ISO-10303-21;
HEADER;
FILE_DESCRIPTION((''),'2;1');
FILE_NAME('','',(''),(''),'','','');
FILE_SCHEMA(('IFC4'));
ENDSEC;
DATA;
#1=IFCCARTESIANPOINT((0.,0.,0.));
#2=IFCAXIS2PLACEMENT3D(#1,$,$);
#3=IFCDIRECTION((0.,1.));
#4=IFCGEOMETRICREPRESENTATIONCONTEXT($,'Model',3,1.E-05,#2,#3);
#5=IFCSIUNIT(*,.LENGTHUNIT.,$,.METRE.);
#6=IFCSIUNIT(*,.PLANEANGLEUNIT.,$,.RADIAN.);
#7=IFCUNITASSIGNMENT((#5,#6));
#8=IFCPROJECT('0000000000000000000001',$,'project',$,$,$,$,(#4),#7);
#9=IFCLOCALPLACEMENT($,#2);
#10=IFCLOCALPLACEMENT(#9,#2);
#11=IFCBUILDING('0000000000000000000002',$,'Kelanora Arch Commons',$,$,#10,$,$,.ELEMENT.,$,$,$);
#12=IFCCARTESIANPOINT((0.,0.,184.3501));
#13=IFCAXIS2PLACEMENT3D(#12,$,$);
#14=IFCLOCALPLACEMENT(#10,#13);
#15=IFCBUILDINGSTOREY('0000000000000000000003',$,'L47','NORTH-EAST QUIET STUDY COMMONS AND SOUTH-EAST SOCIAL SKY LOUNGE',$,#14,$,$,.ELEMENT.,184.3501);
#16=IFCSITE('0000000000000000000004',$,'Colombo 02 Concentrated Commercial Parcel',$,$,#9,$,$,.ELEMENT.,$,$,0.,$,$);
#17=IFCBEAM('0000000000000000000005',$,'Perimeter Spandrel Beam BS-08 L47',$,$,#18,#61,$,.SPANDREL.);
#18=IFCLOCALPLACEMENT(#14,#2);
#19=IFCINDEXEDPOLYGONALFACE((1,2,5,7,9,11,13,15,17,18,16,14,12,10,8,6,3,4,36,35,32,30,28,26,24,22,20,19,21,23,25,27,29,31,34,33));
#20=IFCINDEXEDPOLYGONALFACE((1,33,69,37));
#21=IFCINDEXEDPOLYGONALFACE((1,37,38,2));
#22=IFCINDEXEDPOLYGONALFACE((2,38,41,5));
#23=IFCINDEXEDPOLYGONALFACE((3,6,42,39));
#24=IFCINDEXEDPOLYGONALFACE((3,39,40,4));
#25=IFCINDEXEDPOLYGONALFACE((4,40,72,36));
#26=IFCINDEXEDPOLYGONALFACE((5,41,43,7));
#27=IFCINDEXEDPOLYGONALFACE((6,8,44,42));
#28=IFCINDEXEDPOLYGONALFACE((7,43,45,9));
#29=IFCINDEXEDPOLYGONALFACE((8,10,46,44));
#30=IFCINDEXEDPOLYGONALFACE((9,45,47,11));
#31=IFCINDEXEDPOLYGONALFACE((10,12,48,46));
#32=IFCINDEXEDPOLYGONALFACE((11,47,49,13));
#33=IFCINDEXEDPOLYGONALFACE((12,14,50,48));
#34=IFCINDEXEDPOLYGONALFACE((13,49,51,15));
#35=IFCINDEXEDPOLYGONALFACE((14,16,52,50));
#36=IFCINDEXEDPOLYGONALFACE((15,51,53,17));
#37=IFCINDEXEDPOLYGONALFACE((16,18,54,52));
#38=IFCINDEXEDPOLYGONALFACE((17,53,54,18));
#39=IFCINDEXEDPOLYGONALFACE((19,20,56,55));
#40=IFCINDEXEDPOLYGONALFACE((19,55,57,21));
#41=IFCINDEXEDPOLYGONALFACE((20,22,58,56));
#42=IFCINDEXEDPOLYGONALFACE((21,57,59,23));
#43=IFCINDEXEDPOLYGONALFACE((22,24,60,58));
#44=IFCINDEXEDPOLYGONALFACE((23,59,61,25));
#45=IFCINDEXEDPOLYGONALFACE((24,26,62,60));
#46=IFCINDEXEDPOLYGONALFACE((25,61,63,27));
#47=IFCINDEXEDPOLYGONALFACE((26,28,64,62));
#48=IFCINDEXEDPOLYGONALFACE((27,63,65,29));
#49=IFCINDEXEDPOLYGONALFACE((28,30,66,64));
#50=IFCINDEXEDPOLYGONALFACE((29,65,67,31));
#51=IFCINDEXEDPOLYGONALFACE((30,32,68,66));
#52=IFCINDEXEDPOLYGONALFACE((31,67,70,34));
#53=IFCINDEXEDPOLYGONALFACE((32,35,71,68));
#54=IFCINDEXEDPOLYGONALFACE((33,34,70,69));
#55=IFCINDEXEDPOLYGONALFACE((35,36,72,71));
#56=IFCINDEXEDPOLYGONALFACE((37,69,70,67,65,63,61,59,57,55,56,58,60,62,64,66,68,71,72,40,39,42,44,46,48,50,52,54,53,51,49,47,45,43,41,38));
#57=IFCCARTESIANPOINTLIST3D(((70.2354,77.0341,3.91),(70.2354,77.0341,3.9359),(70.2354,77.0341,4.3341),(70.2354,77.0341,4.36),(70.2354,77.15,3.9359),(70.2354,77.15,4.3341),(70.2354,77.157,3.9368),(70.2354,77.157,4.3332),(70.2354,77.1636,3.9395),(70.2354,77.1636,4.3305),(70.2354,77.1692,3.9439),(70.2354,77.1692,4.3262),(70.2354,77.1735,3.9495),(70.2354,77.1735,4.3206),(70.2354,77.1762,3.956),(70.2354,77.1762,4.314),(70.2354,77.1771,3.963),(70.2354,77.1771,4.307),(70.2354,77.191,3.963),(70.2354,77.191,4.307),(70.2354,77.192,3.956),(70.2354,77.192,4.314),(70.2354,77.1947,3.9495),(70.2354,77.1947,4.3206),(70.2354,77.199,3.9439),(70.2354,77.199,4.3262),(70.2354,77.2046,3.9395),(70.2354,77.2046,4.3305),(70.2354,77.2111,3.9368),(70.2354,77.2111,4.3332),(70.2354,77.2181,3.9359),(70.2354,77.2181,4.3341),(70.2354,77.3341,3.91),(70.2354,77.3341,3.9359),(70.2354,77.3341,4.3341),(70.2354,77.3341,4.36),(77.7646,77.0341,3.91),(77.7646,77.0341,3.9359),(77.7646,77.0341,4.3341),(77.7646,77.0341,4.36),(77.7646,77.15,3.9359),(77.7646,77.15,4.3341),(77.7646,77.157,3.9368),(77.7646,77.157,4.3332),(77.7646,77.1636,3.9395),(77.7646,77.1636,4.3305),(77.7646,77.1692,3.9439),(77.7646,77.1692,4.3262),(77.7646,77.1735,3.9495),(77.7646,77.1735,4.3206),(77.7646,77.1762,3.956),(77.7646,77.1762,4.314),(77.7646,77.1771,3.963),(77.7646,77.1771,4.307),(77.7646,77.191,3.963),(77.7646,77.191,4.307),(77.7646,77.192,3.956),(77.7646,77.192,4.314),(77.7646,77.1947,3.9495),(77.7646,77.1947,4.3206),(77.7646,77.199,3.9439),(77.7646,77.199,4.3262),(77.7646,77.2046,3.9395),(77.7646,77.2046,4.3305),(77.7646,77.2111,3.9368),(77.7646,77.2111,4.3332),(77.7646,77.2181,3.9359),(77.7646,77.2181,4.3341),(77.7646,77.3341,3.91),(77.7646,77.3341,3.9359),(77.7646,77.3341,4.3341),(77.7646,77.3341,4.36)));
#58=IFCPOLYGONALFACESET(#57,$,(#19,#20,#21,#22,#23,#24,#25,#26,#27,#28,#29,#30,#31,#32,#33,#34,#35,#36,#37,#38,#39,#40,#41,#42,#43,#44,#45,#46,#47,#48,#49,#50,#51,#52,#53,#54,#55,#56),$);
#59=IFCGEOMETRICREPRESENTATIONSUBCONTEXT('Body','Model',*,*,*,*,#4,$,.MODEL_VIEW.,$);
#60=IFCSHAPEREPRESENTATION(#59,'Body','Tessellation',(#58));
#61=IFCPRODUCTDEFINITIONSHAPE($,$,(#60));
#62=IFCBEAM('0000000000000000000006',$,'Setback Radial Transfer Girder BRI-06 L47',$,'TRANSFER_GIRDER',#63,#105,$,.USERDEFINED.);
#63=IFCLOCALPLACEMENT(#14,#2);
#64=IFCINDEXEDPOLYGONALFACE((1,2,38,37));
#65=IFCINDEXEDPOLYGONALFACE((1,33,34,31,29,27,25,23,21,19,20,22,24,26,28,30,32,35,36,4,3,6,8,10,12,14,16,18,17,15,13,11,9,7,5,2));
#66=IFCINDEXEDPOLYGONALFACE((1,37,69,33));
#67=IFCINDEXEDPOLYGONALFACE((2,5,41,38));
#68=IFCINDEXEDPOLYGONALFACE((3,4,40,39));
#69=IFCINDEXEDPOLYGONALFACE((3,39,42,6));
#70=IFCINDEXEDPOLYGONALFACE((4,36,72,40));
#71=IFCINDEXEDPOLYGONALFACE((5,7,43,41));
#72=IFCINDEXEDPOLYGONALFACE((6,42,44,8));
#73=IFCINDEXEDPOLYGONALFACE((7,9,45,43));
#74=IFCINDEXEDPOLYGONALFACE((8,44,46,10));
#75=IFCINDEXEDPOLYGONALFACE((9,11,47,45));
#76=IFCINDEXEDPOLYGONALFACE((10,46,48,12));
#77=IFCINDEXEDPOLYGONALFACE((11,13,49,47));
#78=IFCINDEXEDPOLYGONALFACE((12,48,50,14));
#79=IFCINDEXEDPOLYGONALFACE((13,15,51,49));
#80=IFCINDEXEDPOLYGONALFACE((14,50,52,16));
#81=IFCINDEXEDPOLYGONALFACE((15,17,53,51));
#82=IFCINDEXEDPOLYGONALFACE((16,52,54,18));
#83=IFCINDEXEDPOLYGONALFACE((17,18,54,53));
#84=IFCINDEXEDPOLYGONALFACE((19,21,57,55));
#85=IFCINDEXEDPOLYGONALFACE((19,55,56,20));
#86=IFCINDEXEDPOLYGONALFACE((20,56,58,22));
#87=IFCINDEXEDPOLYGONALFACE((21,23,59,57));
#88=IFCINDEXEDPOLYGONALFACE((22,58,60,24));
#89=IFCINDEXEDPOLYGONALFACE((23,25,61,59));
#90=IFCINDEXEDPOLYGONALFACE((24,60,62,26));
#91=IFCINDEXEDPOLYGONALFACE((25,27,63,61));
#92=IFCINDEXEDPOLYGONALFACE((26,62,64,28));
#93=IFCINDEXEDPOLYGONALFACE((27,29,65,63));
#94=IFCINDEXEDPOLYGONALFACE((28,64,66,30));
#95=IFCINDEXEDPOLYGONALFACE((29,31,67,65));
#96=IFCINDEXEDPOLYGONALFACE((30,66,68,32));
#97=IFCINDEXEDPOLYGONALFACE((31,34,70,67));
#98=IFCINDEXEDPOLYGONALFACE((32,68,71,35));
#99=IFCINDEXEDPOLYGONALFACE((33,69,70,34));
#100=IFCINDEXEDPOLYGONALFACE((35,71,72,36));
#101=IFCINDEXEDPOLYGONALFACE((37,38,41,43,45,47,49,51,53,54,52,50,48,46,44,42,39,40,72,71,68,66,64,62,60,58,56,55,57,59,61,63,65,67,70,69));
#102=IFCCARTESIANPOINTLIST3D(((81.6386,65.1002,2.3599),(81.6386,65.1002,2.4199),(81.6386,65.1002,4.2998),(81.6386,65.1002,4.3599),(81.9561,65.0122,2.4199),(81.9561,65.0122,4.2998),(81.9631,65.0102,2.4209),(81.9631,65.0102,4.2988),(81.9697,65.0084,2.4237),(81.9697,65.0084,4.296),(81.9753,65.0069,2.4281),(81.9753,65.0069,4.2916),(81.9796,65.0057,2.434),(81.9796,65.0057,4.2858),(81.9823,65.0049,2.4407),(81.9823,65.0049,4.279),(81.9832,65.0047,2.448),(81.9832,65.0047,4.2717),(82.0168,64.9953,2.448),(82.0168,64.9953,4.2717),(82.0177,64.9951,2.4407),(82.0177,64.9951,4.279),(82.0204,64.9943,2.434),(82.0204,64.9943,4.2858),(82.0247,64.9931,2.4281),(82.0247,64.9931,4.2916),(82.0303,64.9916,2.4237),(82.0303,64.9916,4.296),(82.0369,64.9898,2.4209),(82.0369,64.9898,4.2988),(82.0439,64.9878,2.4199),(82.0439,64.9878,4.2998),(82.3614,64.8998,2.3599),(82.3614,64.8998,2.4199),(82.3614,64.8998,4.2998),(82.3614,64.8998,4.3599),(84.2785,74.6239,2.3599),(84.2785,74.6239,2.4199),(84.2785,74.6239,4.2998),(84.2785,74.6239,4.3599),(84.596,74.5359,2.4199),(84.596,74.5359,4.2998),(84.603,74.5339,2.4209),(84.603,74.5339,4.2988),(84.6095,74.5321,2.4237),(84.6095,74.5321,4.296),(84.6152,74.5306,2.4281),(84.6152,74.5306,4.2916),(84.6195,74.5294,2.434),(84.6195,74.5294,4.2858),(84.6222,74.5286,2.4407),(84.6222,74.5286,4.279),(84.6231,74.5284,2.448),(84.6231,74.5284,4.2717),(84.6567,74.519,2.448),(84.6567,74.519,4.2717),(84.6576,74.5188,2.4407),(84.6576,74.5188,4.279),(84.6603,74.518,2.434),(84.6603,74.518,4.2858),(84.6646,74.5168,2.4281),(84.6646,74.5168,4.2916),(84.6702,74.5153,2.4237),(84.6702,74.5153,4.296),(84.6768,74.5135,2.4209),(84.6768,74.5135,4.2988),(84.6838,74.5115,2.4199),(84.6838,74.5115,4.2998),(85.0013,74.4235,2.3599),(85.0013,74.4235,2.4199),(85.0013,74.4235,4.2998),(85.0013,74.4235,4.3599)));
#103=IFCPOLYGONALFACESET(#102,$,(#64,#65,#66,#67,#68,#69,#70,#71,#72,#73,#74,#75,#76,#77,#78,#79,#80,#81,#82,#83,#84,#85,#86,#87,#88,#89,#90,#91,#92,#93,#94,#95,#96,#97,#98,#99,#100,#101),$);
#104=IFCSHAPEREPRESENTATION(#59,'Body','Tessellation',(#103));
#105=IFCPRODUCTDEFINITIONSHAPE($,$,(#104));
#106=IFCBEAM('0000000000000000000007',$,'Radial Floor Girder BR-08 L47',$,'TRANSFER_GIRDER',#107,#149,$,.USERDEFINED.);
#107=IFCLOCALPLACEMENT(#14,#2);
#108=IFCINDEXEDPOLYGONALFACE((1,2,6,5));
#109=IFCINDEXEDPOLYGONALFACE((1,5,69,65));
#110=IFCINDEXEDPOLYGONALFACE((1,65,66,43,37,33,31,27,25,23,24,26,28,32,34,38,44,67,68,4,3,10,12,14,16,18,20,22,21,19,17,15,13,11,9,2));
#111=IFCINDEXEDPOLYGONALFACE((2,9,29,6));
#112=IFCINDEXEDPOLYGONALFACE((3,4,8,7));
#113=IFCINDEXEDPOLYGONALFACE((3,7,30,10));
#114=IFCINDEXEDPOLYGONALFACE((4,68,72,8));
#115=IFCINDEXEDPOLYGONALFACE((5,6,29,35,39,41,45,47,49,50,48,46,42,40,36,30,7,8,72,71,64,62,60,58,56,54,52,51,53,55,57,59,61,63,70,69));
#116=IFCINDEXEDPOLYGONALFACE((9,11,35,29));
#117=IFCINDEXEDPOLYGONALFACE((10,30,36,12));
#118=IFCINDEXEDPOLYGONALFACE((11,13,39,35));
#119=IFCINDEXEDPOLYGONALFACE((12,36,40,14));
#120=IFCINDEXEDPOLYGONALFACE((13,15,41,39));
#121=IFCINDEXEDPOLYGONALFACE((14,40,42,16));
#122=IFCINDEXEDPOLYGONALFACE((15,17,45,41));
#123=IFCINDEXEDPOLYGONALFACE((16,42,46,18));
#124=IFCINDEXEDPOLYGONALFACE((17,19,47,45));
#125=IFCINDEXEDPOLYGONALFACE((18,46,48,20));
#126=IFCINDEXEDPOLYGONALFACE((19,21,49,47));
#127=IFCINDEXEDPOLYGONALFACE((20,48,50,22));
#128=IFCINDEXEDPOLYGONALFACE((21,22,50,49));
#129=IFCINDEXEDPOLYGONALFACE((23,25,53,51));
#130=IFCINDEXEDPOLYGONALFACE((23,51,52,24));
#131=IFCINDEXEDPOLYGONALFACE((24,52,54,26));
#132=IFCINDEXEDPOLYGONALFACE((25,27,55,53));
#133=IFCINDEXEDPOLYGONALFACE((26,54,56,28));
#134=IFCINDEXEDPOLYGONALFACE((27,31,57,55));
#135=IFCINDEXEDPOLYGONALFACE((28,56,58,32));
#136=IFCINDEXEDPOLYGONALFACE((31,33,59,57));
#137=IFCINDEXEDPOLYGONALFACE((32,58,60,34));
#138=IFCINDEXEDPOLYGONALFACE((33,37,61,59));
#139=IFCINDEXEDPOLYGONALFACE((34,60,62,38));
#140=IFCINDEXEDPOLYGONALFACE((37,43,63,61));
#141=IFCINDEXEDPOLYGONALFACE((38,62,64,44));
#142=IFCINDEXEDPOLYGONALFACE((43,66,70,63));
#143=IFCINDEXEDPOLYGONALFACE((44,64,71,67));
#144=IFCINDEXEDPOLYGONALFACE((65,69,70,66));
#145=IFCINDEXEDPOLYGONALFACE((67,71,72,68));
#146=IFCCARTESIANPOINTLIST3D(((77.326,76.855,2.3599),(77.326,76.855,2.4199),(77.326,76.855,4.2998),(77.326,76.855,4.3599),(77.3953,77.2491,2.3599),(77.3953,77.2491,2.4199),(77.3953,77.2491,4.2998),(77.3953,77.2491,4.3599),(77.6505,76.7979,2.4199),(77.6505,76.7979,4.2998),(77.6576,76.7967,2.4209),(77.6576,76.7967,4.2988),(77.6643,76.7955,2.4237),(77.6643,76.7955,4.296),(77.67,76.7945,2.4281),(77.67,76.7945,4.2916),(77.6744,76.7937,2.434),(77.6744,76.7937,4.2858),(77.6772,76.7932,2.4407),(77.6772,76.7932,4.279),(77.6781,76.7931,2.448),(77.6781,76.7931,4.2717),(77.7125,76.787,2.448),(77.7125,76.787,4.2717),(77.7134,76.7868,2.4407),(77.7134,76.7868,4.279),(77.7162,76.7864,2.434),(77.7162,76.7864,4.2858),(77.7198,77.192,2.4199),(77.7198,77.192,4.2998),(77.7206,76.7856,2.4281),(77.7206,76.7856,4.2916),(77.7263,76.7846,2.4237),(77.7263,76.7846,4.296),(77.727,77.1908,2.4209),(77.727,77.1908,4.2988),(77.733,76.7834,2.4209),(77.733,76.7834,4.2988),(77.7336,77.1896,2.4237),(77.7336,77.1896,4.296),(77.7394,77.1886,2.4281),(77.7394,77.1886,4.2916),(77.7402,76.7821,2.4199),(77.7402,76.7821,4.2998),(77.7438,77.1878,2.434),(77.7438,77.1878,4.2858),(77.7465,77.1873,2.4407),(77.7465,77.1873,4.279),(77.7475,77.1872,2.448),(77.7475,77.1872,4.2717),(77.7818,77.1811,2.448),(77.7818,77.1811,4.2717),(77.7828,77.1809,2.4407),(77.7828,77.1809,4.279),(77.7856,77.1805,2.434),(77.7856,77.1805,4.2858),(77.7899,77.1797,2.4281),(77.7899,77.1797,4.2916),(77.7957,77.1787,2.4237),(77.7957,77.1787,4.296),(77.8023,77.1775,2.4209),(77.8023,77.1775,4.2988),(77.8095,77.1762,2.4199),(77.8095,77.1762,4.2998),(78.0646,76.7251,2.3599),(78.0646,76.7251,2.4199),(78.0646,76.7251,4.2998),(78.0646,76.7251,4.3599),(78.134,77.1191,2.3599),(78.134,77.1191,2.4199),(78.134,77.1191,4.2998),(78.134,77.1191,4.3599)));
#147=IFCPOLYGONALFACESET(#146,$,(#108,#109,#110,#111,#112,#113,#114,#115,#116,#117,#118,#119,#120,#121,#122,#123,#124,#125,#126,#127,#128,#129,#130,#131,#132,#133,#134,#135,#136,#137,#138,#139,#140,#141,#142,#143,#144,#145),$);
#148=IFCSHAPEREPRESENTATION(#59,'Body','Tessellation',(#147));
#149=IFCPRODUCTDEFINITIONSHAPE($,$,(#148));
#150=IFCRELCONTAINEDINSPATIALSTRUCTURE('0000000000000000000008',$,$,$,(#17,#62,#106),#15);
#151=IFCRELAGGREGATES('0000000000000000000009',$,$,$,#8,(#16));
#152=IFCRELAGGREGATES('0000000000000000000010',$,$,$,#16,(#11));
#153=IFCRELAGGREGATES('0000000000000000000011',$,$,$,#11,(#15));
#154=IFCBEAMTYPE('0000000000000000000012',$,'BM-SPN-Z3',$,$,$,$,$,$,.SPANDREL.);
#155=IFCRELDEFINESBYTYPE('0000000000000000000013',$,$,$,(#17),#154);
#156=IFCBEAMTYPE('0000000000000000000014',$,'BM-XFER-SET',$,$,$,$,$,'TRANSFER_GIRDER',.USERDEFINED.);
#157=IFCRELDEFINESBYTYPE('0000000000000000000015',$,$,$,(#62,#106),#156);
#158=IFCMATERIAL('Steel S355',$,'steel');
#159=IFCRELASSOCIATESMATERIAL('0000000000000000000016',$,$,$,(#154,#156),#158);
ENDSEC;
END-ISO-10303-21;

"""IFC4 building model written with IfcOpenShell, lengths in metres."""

from ifc_helpers import new_model, si_unit, direction, frame, origin, origin_2d, place, context, subcontext, project, spatial, i_section, extrude, material, material_profile, profile_set, type_object, element, save


model = new_model("IFC4")

# Units and contexts
model_context = context("Model", 3, precision=1e-05, world=origin(), true_north=direction((0.0, 1.0)))
body_context = subcontext(model_context, "Body", "Model", "MODEL_VIEW")
ifc_project = project(units=[si_unit("LENGTHUNIT", "METRE"), si_unit("PLANEANGLEUNIT", "RADIAN")], contexts=[model_context])

# Site, building, storey
site_placement = place(None, origin())
site = spatial("IfcSite", under=ifc_project, at=site_placement, Name="Colombo 02 Concentrated Commercial Parcel", CompositionType="ELEMENT", RefElevation=0.0)
building_placement = place(site_placement, origin())
building = spatial("IfcBuilding", under=site, at=building_placement, Name="Kelanora Arch Commons", CompositionType="ELEMENT")
storey_placement = place(building_placement, frame((0.0, 0.0, 184.3501)))
storey = spatial("IfcBuildingStorey", under=building, at=storey_placement, Name="L47", Description="NORTH-EAST QUIET STUDY COMMONS AND SOUTH-EAST SOCIAL SKY LOUNGE", CompositionType="ELEMENT", Elevation=184.3501)

# Beams
ifc_material_1 = material(Name="Steel S355", Category="steel")
ifc_material_profile_1 = material_profile(ifc_material_1, i_section(OverallWidth=0.3, OverallDepth=0.45, WebThickness=0.0139, FlangeThickness=0.0259, FilletRadius=0.0271, at=origin_2d()), Name="HEB450")
ifc_profile_set_1 = profile_set([ifc_material_profile_1], Name="Steel S355")
beam_type_1 = type_object("IfcBeamType", Name="BM-SPN-Z3", PredefinedType="SPANDREL", material=ifc_profile_set_1)
beam_1_placement = place(storey_placement, frame((77.7646, 77.1841, 4.135), z_axis=(-1.0, 0.0, 0.0), x_axis=(0.0, -1.0, 0.0)))
element("IfcBeam", 1, at=beam_1_placement, inside=storey, type_object=beam_type_1, Name="Perimeter Spandrel Beam BS-08 L47", PredefinedType="SPANDREL", context=body_context, shape_type="SweptSolid", body=[
    extrude(i_section(OverallWidth=0.3, OverallDepth=0.45, WebThickness=0.0139, FlangeThickness=0.0259, FilletRadius=0.0271, at=origin_2d()), origin(), (0.0, 0.0, 1.0), 7.5293),
])
ifc_material_profile_2 = material_profile(ifc_material_1, i_section(OverallWidth=0.75, OverallDepth=2.0, WebThickness=0.0349, FlangeThickness=0.0601, FilletRadius=0.0281, at=origin_2d()), Name="PG2000x750")
ifc_profile_set_2 = profile_set([ifc_material_profile_2], Name="Steel S355")
beam_type_2 = type_object("IfcBeamType", Name="BM-XFER-SET", ElementType="TRANSFER_GIRDER", PredefinedType="USERDEFINED", material=ifc_profile_set_2)
beam_2_placement = place(storey_placement, frame((82.0, 65.0, 3.3599), z_axis=(0.26712, 0.963663, 0.0), x_axis=(-0.963663, 0.26712, 0.0)))
element("IfcBeam", 2, at=beam_2_placement, inside=storey, type_object=beam_type_2, Name="Setback Radial Transfer Girder BRI-06 L47", ObjectType="TRANSFER_GIRDER", PredefinedType="USERDEFINED", context=body_context, shape_type="SweptSolid", body=[
    extrude(i_section(OverallWidth=0.75, OverallDepth=2.0, WebThickness=0.0349, FlangeThickness=0.0601, FilletRadius=0.0281, at=origin_2d()), origin(), (0.0, 0.0, 1.0), 9.8828),
])
beam_3_placement = place(storey_placement, frame((77.6953, 76.79, 3.3599), z_axis=(0.173298, 0.984869, 0.0), x_axis=(-0.984869, 0.173298, 0.0)))
element("IfcBeam", 3, at=beam_3_placement, inside=storey, type_object=beam_type_2, Name="Radial Floor Girder BR-08 L47", ObjectType="TRANSFER_GIRDER", PredefinedType="USERDEFINED", context=body_context, shape_type="SweptSolid", body=[
    extrude(i_section(OverallWidth=0.75, OverallDepth=2.0, WebThickness=0.0349, FlangeThickness=0.0601, FilletRadius=0.0281, at=origin_2d()), origin(), (0.0, 0.0, 1.0), 0.4001),
])

save(model, "model.ifc")
